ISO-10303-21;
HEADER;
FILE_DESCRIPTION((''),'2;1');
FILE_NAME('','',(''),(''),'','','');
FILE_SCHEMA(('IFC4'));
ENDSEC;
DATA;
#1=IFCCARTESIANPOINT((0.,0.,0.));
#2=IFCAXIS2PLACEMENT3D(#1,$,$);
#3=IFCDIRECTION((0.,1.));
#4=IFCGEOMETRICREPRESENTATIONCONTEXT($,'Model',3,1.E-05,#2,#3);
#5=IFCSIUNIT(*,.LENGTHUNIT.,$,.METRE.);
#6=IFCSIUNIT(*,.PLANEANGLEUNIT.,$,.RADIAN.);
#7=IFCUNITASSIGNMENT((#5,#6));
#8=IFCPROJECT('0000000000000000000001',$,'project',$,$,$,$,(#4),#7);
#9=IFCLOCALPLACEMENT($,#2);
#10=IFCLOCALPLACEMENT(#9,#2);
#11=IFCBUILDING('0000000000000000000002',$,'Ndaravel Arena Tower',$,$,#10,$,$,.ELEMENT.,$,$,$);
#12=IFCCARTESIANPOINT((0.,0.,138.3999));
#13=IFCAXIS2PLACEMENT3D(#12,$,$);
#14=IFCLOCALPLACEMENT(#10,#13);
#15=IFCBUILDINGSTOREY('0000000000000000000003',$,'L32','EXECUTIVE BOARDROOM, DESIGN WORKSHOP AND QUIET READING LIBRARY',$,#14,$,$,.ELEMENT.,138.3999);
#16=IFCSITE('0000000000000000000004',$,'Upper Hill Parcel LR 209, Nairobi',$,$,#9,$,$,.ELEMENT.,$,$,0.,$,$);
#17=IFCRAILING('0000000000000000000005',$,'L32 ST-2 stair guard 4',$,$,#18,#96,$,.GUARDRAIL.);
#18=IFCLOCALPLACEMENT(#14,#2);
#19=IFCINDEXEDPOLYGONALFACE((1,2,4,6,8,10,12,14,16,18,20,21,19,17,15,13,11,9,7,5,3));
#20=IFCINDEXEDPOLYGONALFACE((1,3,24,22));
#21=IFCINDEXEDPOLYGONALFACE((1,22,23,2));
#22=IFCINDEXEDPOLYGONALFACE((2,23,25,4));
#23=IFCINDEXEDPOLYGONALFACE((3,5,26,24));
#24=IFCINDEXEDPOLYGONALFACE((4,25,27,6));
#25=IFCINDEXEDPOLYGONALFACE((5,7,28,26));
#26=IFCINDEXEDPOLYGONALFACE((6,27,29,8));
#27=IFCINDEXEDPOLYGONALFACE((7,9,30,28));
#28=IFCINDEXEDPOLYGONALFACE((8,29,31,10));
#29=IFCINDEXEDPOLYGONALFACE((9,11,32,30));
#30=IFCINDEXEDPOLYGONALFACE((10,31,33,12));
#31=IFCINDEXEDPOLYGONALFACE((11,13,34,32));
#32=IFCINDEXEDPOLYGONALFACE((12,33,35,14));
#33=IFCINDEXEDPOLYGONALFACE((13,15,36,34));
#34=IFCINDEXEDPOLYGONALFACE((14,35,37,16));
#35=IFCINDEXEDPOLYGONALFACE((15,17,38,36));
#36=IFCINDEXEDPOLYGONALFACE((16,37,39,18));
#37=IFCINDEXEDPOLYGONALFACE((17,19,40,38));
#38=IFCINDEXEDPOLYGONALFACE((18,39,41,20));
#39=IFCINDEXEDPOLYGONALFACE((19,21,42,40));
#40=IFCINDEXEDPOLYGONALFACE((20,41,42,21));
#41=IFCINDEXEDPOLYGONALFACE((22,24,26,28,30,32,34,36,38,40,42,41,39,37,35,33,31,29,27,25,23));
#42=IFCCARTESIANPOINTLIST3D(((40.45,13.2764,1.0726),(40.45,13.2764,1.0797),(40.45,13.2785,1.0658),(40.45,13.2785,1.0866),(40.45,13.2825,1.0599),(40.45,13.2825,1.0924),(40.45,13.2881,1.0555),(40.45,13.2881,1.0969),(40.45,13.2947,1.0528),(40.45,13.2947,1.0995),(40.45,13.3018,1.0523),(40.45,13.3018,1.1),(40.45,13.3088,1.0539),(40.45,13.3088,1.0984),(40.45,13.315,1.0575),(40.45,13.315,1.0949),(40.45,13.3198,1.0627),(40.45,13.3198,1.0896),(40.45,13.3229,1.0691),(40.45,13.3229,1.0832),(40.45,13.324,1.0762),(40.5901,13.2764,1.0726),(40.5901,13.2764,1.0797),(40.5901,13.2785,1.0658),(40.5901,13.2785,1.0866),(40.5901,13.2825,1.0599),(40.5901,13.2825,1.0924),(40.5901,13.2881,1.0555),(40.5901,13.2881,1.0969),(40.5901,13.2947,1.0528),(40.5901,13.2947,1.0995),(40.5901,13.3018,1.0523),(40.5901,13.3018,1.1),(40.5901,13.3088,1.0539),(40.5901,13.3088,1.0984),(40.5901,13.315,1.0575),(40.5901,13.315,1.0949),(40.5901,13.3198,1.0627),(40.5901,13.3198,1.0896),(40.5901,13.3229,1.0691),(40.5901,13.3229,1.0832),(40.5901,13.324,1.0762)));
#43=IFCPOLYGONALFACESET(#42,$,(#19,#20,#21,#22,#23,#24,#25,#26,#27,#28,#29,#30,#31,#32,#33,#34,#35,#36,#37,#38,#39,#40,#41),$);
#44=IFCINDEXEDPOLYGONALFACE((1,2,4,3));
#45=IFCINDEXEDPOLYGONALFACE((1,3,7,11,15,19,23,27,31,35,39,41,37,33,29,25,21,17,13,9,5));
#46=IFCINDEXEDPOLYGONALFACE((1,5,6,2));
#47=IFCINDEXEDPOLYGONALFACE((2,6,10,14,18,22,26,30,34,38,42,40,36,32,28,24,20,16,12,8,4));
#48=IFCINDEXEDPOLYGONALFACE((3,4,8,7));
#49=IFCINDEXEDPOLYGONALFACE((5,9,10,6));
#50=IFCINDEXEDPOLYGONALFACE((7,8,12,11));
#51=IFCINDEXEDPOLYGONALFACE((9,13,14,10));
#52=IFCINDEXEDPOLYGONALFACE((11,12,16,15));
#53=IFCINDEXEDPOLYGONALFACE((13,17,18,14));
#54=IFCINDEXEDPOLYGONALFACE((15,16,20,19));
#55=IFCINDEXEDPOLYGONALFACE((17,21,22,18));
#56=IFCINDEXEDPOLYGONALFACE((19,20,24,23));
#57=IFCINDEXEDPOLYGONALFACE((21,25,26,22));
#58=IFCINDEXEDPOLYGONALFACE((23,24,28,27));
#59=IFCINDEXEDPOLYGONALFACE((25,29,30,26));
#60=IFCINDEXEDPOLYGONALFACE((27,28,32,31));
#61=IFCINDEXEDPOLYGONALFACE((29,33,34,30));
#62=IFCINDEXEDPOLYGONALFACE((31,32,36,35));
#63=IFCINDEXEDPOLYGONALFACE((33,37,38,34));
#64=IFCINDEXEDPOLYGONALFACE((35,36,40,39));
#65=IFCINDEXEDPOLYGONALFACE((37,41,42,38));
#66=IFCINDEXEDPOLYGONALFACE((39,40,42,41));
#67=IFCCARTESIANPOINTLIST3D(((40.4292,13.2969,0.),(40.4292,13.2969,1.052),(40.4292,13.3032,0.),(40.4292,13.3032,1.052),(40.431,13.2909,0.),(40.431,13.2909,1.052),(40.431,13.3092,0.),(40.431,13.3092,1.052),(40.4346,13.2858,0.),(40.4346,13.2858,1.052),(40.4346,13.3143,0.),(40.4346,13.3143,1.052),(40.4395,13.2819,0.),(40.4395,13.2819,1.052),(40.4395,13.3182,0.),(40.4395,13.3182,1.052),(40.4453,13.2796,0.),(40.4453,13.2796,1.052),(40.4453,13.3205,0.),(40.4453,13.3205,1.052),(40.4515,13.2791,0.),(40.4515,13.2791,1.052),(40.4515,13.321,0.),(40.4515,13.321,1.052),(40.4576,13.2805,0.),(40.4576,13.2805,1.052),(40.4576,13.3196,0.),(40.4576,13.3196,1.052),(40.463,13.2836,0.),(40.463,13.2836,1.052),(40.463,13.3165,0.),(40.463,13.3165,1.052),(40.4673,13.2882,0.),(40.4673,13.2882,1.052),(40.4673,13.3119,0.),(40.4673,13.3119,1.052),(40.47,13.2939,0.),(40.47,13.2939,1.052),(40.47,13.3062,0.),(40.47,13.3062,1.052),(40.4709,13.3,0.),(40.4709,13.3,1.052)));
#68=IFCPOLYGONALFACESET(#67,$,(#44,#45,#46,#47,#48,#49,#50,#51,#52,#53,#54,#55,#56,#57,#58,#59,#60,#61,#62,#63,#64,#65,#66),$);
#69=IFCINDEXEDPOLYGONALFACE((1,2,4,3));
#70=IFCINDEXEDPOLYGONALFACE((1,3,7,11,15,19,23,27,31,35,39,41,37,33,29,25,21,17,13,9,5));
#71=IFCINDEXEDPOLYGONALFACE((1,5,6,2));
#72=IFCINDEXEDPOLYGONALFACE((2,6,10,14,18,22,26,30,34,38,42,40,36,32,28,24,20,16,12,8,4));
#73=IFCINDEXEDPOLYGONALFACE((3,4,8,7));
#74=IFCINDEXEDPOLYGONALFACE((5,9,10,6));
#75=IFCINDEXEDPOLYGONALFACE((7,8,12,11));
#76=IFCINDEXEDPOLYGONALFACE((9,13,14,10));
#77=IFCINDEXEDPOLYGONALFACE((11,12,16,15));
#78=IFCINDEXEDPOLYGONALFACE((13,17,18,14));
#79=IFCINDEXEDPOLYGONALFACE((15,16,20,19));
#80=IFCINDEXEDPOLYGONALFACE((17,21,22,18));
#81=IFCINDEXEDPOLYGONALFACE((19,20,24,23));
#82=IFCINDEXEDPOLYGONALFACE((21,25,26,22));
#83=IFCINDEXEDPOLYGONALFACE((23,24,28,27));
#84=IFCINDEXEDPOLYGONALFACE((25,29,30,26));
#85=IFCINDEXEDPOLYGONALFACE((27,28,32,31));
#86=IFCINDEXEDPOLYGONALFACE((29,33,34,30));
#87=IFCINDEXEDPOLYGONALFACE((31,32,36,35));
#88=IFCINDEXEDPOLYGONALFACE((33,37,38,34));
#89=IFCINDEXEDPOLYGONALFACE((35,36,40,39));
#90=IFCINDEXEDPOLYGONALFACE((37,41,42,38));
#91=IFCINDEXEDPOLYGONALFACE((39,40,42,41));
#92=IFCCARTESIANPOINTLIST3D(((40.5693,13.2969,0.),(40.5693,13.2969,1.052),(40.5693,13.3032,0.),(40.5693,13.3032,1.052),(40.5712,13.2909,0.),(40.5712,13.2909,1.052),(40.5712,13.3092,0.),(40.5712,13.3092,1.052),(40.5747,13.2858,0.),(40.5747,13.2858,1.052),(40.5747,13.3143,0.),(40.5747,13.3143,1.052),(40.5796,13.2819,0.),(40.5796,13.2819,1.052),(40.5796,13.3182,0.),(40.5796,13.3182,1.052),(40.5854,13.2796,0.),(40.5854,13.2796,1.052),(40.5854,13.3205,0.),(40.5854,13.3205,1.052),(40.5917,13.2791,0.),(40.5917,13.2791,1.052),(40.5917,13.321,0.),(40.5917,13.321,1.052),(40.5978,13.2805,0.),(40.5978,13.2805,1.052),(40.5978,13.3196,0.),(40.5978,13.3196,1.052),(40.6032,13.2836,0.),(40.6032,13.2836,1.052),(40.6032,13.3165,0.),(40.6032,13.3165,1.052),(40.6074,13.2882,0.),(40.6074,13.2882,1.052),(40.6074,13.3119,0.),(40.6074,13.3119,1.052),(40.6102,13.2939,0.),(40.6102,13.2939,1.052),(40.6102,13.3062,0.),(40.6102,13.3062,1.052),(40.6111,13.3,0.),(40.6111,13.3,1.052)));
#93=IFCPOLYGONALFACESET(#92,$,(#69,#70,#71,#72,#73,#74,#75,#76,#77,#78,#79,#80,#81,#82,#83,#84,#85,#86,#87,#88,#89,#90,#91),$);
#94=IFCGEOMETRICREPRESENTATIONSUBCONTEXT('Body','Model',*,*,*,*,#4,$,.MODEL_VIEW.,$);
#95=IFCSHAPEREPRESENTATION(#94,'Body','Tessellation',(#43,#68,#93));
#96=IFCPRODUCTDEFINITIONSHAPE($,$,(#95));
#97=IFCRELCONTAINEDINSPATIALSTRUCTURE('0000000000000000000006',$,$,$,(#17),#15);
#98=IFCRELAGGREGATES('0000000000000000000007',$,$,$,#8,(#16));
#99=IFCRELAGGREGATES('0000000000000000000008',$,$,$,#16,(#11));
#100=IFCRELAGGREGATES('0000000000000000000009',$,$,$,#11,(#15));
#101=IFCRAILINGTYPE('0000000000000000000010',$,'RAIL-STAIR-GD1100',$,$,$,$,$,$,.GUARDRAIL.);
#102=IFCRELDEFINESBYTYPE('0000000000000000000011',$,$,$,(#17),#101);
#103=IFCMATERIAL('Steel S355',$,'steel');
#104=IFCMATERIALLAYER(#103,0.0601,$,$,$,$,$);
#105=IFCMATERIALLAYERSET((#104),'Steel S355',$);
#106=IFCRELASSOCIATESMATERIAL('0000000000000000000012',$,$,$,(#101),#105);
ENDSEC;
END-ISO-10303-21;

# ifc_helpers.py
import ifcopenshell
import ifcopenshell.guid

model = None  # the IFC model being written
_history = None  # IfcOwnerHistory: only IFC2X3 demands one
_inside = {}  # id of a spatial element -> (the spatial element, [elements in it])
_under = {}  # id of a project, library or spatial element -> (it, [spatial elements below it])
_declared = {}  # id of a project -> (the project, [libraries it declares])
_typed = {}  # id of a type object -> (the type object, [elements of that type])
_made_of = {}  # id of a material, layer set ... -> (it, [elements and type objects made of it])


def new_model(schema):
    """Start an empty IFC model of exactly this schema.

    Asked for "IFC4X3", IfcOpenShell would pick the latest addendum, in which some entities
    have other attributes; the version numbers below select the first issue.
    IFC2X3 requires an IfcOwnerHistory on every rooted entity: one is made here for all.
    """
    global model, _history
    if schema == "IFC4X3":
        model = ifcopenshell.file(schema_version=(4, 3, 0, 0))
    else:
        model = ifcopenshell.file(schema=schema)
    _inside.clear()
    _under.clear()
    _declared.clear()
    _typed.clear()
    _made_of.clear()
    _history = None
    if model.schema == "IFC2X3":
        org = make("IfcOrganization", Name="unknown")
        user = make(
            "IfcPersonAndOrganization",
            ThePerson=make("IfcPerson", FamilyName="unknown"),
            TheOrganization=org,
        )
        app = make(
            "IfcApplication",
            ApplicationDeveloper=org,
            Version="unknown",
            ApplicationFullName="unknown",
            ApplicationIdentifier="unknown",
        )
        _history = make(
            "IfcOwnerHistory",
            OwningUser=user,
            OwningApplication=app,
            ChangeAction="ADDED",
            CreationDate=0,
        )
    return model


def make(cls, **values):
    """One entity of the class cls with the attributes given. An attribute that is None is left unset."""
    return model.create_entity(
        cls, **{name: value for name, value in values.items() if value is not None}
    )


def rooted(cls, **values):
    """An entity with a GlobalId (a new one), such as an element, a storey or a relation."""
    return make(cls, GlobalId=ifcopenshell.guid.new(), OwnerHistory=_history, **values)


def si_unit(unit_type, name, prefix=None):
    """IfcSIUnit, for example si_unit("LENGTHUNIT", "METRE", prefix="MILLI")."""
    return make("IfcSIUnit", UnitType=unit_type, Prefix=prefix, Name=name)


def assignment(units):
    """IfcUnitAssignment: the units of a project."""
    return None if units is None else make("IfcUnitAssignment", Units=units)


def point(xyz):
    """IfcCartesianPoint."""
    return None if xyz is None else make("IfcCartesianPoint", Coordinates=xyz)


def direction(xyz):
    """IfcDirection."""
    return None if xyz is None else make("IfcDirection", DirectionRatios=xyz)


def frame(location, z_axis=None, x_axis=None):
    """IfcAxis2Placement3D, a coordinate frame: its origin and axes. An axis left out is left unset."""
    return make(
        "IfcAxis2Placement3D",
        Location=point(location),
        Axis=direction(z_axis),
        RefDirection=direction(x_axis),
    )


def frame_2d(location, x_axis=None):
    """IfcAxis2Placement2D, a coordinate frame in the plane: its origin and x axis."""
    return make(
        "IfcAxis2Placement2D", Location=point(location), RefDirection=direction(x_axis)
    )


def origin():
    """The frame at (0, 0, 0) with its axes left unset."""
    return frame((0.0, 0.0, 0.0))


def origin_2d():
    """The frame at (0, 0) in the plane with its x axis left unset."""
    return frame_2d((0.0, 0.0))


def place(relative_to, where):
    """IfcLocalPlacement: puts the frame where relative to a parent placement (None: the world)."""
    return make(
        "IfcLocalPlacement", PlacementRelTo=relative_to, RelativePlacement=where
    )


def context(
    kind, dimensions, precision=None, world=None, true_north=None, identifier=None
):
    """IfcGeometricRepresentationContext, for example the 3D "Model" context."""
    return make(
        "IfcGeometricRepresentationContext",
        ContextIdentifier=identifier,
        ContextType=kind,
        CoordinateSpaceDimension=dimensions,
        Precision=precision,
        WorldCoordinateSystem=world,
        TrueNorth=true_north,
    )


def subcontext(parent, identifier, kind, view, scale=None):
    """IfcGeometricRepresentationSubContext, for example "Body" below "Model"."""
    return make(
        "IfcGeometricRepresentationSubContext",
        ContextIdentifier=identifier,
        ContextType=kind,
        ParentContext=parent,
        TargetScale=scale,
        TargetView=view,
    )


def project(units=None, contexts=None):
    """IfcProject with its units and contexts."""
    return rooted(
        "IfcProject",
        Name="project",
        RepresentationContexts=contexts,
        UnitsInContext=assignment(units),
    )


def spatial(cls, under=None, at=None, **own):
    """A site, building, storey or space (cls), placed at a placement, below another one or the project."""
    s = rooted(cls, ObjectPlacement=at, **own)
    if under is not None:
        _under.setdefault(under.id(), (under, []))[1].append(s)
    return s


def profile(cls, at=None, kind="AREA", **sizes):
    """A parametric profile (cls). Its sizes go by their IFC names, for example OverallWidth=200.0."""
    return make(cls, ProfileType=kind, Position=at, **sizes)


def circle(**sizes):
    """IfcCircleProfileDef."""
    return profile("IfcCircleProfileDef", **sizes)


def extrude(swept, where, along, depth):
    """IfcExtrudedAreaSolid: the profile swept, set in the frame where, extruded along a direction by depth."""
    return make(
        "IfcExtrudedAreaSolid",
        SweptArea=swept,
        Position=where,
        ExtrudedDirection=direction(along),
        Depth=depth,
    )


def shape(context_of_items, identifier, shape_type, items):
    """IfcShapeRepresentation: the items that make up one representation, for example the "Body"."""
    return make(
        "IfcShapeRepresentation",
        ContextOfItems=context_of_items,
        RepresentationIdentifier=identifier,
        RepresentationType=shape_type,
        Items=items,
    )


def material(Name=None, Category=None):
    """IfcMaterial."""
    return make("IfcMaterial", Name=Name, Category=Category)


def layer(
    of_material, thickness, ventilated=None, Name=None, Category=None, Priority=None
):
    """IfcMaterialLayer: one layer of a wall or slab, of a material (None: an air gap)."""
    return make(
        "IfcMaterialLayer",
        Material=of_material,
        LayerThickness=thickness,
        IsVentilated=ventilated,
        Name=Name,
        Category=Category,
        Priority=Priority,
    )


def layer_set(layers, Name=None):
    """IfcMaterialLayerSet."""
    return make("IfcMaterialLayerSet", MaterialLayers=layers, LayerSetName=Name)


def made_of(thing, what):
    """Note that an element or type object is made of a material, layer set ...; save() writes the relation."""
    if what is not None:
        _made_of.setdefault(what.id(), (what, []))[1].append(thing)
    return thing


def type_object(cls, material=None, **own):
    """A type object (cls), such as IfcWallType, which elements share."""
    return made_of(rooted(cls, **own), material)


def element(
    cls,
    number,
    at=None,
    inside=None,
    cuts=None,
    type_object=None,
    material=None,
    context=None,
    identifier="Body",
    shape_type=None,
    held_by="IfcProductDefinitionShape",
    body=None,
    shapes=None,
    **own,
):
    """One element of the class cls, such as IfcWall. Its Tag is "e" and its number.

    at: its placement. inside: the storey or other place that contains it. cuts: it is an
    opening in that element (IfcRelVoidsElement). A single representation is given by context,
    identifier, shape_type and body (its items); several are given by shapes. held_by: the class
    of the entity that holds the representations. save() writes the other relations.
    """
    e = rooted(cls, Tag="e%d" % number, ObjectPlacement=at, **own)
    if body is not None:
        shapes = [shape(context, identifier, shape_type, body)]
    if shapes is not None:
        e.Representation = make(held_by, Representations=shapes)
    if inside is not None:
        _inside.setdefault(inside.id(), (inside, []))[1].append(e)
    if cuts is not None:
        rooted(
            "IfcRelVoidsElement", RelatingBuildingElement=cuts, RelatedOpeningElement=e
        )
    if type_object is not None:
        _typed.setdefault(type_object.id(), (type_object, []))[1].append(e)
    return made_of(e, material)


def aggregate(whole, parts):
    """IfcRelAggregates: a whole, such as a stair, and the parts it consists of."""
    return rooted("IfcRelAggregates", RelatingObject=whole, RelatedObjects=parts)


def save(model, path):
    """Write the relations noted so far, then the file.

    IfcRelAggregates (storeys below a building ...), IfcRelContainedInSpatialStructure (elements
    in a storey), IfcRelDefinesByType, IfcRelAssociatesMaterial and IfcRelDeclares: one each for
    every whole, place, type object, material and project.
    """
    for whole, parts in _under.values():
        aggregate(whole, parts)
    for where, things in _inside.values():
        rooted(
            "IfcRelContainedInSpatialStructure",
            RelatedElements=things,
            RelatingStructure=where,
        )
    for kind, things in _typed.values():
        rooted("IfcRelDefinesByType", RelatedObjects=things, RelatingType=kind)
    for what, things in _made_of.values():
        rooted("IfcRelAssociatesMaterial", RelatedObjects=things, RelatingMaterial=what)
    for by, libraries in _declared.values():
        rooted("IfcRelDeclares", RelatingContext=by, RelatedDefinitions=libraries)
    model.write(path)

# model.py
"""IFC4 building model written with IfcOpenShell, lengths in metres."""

from ifc_helpers import new_model, si_unit, direction, frame, origin, origin_2d, place, context, subcontext, project, spatial, circle, extrude, material, layer, layer_set, type_object, element, save


model = new_model("IFC4")

# Units and contexts
model_context = context("Model", 3, precision=1e-05, world=origin(), true_north=direction((0.0, 1.0)))
body_context = subcontext(model_context, "Body", "Model", "MODEL_VIEW")
ifc_project = project(units=[si_unit("LENGTHUNIT", "METRE"), si_unit("PLANEANGLEUNIT", "RADIAN")], contexts=[model_context])

# Site, building, storey
site_placement = place(None, origin())
site = spatial("IfcSite", under=ifc_project, at=site_placement, Name="Upper Hill Parcel LR 209, Nairobi", CompositionType="ELEMENT", RefElevation=0.0)
building_placement = place(site_placement, origin())
building = spatial("IfcBuilding", under=site, at=building_placement, Name="Ndaravel Arena Tower", CompositionType="ELEMENT")
storey_placement = place(building_placement, frame((0.0, 0.0, 138.3999)))
storey = spatial("IfcBuildingStorey", under=building, at=storey_placement, Name="L32", Description="EXECUTIVE BOARDROOM, DESIGN WORKSHOP AND QUIET READING LIBRARY", CompositionType="ELEMENT", Elevation=138.3999)

# Railing
ifc_material_1 = material(Name="Steel S355", Category="steel")
ifc_layer_1 = layer(ifc_material_1, 0.0601)
ifc_layer_set_1 = layer_set([ifc_layer_1], Name="Steel S355")
railing_type_1 = type_object("IfcRailingType", Name="RAIL-STAIR-GD1100", PredefinedType="GUARDRAIL", material=ifc_layer_set_1)
railing_1_placement = place(storey_placement, frame((40.45, 13.3, 0.0)))
element("IfcRailing", 1, at=railing_1_placement, inside=storey, type_object=railing_type_1, Name="L32 ST-2 stair guard 4", PredefinedType="GUARDRAIL", context=body_context, shape_type="SweptSolid", body=[
    extrude(circle(Radius=0.0239, at=origin_2d()), frame((0.0, 0.0, 1.0762), z_axis=(1.0, 0.0, 0.0), x_axis=(0.0, 1.0, 0.0)), (0.0, 0.0, 1.0), 0.1401),
    extrude(circle(Radius=0.021, at=origin_2d()), origin(), (0.0, 0.0, 1.0), 1.052),
    extrude(circle(Radius=0.021, at=origin_2d()), frame((0.1401, 0.0, 0.0)), (0.0, 0.0, 1.0), 1.052),
])

save(model, "model.ifc")
